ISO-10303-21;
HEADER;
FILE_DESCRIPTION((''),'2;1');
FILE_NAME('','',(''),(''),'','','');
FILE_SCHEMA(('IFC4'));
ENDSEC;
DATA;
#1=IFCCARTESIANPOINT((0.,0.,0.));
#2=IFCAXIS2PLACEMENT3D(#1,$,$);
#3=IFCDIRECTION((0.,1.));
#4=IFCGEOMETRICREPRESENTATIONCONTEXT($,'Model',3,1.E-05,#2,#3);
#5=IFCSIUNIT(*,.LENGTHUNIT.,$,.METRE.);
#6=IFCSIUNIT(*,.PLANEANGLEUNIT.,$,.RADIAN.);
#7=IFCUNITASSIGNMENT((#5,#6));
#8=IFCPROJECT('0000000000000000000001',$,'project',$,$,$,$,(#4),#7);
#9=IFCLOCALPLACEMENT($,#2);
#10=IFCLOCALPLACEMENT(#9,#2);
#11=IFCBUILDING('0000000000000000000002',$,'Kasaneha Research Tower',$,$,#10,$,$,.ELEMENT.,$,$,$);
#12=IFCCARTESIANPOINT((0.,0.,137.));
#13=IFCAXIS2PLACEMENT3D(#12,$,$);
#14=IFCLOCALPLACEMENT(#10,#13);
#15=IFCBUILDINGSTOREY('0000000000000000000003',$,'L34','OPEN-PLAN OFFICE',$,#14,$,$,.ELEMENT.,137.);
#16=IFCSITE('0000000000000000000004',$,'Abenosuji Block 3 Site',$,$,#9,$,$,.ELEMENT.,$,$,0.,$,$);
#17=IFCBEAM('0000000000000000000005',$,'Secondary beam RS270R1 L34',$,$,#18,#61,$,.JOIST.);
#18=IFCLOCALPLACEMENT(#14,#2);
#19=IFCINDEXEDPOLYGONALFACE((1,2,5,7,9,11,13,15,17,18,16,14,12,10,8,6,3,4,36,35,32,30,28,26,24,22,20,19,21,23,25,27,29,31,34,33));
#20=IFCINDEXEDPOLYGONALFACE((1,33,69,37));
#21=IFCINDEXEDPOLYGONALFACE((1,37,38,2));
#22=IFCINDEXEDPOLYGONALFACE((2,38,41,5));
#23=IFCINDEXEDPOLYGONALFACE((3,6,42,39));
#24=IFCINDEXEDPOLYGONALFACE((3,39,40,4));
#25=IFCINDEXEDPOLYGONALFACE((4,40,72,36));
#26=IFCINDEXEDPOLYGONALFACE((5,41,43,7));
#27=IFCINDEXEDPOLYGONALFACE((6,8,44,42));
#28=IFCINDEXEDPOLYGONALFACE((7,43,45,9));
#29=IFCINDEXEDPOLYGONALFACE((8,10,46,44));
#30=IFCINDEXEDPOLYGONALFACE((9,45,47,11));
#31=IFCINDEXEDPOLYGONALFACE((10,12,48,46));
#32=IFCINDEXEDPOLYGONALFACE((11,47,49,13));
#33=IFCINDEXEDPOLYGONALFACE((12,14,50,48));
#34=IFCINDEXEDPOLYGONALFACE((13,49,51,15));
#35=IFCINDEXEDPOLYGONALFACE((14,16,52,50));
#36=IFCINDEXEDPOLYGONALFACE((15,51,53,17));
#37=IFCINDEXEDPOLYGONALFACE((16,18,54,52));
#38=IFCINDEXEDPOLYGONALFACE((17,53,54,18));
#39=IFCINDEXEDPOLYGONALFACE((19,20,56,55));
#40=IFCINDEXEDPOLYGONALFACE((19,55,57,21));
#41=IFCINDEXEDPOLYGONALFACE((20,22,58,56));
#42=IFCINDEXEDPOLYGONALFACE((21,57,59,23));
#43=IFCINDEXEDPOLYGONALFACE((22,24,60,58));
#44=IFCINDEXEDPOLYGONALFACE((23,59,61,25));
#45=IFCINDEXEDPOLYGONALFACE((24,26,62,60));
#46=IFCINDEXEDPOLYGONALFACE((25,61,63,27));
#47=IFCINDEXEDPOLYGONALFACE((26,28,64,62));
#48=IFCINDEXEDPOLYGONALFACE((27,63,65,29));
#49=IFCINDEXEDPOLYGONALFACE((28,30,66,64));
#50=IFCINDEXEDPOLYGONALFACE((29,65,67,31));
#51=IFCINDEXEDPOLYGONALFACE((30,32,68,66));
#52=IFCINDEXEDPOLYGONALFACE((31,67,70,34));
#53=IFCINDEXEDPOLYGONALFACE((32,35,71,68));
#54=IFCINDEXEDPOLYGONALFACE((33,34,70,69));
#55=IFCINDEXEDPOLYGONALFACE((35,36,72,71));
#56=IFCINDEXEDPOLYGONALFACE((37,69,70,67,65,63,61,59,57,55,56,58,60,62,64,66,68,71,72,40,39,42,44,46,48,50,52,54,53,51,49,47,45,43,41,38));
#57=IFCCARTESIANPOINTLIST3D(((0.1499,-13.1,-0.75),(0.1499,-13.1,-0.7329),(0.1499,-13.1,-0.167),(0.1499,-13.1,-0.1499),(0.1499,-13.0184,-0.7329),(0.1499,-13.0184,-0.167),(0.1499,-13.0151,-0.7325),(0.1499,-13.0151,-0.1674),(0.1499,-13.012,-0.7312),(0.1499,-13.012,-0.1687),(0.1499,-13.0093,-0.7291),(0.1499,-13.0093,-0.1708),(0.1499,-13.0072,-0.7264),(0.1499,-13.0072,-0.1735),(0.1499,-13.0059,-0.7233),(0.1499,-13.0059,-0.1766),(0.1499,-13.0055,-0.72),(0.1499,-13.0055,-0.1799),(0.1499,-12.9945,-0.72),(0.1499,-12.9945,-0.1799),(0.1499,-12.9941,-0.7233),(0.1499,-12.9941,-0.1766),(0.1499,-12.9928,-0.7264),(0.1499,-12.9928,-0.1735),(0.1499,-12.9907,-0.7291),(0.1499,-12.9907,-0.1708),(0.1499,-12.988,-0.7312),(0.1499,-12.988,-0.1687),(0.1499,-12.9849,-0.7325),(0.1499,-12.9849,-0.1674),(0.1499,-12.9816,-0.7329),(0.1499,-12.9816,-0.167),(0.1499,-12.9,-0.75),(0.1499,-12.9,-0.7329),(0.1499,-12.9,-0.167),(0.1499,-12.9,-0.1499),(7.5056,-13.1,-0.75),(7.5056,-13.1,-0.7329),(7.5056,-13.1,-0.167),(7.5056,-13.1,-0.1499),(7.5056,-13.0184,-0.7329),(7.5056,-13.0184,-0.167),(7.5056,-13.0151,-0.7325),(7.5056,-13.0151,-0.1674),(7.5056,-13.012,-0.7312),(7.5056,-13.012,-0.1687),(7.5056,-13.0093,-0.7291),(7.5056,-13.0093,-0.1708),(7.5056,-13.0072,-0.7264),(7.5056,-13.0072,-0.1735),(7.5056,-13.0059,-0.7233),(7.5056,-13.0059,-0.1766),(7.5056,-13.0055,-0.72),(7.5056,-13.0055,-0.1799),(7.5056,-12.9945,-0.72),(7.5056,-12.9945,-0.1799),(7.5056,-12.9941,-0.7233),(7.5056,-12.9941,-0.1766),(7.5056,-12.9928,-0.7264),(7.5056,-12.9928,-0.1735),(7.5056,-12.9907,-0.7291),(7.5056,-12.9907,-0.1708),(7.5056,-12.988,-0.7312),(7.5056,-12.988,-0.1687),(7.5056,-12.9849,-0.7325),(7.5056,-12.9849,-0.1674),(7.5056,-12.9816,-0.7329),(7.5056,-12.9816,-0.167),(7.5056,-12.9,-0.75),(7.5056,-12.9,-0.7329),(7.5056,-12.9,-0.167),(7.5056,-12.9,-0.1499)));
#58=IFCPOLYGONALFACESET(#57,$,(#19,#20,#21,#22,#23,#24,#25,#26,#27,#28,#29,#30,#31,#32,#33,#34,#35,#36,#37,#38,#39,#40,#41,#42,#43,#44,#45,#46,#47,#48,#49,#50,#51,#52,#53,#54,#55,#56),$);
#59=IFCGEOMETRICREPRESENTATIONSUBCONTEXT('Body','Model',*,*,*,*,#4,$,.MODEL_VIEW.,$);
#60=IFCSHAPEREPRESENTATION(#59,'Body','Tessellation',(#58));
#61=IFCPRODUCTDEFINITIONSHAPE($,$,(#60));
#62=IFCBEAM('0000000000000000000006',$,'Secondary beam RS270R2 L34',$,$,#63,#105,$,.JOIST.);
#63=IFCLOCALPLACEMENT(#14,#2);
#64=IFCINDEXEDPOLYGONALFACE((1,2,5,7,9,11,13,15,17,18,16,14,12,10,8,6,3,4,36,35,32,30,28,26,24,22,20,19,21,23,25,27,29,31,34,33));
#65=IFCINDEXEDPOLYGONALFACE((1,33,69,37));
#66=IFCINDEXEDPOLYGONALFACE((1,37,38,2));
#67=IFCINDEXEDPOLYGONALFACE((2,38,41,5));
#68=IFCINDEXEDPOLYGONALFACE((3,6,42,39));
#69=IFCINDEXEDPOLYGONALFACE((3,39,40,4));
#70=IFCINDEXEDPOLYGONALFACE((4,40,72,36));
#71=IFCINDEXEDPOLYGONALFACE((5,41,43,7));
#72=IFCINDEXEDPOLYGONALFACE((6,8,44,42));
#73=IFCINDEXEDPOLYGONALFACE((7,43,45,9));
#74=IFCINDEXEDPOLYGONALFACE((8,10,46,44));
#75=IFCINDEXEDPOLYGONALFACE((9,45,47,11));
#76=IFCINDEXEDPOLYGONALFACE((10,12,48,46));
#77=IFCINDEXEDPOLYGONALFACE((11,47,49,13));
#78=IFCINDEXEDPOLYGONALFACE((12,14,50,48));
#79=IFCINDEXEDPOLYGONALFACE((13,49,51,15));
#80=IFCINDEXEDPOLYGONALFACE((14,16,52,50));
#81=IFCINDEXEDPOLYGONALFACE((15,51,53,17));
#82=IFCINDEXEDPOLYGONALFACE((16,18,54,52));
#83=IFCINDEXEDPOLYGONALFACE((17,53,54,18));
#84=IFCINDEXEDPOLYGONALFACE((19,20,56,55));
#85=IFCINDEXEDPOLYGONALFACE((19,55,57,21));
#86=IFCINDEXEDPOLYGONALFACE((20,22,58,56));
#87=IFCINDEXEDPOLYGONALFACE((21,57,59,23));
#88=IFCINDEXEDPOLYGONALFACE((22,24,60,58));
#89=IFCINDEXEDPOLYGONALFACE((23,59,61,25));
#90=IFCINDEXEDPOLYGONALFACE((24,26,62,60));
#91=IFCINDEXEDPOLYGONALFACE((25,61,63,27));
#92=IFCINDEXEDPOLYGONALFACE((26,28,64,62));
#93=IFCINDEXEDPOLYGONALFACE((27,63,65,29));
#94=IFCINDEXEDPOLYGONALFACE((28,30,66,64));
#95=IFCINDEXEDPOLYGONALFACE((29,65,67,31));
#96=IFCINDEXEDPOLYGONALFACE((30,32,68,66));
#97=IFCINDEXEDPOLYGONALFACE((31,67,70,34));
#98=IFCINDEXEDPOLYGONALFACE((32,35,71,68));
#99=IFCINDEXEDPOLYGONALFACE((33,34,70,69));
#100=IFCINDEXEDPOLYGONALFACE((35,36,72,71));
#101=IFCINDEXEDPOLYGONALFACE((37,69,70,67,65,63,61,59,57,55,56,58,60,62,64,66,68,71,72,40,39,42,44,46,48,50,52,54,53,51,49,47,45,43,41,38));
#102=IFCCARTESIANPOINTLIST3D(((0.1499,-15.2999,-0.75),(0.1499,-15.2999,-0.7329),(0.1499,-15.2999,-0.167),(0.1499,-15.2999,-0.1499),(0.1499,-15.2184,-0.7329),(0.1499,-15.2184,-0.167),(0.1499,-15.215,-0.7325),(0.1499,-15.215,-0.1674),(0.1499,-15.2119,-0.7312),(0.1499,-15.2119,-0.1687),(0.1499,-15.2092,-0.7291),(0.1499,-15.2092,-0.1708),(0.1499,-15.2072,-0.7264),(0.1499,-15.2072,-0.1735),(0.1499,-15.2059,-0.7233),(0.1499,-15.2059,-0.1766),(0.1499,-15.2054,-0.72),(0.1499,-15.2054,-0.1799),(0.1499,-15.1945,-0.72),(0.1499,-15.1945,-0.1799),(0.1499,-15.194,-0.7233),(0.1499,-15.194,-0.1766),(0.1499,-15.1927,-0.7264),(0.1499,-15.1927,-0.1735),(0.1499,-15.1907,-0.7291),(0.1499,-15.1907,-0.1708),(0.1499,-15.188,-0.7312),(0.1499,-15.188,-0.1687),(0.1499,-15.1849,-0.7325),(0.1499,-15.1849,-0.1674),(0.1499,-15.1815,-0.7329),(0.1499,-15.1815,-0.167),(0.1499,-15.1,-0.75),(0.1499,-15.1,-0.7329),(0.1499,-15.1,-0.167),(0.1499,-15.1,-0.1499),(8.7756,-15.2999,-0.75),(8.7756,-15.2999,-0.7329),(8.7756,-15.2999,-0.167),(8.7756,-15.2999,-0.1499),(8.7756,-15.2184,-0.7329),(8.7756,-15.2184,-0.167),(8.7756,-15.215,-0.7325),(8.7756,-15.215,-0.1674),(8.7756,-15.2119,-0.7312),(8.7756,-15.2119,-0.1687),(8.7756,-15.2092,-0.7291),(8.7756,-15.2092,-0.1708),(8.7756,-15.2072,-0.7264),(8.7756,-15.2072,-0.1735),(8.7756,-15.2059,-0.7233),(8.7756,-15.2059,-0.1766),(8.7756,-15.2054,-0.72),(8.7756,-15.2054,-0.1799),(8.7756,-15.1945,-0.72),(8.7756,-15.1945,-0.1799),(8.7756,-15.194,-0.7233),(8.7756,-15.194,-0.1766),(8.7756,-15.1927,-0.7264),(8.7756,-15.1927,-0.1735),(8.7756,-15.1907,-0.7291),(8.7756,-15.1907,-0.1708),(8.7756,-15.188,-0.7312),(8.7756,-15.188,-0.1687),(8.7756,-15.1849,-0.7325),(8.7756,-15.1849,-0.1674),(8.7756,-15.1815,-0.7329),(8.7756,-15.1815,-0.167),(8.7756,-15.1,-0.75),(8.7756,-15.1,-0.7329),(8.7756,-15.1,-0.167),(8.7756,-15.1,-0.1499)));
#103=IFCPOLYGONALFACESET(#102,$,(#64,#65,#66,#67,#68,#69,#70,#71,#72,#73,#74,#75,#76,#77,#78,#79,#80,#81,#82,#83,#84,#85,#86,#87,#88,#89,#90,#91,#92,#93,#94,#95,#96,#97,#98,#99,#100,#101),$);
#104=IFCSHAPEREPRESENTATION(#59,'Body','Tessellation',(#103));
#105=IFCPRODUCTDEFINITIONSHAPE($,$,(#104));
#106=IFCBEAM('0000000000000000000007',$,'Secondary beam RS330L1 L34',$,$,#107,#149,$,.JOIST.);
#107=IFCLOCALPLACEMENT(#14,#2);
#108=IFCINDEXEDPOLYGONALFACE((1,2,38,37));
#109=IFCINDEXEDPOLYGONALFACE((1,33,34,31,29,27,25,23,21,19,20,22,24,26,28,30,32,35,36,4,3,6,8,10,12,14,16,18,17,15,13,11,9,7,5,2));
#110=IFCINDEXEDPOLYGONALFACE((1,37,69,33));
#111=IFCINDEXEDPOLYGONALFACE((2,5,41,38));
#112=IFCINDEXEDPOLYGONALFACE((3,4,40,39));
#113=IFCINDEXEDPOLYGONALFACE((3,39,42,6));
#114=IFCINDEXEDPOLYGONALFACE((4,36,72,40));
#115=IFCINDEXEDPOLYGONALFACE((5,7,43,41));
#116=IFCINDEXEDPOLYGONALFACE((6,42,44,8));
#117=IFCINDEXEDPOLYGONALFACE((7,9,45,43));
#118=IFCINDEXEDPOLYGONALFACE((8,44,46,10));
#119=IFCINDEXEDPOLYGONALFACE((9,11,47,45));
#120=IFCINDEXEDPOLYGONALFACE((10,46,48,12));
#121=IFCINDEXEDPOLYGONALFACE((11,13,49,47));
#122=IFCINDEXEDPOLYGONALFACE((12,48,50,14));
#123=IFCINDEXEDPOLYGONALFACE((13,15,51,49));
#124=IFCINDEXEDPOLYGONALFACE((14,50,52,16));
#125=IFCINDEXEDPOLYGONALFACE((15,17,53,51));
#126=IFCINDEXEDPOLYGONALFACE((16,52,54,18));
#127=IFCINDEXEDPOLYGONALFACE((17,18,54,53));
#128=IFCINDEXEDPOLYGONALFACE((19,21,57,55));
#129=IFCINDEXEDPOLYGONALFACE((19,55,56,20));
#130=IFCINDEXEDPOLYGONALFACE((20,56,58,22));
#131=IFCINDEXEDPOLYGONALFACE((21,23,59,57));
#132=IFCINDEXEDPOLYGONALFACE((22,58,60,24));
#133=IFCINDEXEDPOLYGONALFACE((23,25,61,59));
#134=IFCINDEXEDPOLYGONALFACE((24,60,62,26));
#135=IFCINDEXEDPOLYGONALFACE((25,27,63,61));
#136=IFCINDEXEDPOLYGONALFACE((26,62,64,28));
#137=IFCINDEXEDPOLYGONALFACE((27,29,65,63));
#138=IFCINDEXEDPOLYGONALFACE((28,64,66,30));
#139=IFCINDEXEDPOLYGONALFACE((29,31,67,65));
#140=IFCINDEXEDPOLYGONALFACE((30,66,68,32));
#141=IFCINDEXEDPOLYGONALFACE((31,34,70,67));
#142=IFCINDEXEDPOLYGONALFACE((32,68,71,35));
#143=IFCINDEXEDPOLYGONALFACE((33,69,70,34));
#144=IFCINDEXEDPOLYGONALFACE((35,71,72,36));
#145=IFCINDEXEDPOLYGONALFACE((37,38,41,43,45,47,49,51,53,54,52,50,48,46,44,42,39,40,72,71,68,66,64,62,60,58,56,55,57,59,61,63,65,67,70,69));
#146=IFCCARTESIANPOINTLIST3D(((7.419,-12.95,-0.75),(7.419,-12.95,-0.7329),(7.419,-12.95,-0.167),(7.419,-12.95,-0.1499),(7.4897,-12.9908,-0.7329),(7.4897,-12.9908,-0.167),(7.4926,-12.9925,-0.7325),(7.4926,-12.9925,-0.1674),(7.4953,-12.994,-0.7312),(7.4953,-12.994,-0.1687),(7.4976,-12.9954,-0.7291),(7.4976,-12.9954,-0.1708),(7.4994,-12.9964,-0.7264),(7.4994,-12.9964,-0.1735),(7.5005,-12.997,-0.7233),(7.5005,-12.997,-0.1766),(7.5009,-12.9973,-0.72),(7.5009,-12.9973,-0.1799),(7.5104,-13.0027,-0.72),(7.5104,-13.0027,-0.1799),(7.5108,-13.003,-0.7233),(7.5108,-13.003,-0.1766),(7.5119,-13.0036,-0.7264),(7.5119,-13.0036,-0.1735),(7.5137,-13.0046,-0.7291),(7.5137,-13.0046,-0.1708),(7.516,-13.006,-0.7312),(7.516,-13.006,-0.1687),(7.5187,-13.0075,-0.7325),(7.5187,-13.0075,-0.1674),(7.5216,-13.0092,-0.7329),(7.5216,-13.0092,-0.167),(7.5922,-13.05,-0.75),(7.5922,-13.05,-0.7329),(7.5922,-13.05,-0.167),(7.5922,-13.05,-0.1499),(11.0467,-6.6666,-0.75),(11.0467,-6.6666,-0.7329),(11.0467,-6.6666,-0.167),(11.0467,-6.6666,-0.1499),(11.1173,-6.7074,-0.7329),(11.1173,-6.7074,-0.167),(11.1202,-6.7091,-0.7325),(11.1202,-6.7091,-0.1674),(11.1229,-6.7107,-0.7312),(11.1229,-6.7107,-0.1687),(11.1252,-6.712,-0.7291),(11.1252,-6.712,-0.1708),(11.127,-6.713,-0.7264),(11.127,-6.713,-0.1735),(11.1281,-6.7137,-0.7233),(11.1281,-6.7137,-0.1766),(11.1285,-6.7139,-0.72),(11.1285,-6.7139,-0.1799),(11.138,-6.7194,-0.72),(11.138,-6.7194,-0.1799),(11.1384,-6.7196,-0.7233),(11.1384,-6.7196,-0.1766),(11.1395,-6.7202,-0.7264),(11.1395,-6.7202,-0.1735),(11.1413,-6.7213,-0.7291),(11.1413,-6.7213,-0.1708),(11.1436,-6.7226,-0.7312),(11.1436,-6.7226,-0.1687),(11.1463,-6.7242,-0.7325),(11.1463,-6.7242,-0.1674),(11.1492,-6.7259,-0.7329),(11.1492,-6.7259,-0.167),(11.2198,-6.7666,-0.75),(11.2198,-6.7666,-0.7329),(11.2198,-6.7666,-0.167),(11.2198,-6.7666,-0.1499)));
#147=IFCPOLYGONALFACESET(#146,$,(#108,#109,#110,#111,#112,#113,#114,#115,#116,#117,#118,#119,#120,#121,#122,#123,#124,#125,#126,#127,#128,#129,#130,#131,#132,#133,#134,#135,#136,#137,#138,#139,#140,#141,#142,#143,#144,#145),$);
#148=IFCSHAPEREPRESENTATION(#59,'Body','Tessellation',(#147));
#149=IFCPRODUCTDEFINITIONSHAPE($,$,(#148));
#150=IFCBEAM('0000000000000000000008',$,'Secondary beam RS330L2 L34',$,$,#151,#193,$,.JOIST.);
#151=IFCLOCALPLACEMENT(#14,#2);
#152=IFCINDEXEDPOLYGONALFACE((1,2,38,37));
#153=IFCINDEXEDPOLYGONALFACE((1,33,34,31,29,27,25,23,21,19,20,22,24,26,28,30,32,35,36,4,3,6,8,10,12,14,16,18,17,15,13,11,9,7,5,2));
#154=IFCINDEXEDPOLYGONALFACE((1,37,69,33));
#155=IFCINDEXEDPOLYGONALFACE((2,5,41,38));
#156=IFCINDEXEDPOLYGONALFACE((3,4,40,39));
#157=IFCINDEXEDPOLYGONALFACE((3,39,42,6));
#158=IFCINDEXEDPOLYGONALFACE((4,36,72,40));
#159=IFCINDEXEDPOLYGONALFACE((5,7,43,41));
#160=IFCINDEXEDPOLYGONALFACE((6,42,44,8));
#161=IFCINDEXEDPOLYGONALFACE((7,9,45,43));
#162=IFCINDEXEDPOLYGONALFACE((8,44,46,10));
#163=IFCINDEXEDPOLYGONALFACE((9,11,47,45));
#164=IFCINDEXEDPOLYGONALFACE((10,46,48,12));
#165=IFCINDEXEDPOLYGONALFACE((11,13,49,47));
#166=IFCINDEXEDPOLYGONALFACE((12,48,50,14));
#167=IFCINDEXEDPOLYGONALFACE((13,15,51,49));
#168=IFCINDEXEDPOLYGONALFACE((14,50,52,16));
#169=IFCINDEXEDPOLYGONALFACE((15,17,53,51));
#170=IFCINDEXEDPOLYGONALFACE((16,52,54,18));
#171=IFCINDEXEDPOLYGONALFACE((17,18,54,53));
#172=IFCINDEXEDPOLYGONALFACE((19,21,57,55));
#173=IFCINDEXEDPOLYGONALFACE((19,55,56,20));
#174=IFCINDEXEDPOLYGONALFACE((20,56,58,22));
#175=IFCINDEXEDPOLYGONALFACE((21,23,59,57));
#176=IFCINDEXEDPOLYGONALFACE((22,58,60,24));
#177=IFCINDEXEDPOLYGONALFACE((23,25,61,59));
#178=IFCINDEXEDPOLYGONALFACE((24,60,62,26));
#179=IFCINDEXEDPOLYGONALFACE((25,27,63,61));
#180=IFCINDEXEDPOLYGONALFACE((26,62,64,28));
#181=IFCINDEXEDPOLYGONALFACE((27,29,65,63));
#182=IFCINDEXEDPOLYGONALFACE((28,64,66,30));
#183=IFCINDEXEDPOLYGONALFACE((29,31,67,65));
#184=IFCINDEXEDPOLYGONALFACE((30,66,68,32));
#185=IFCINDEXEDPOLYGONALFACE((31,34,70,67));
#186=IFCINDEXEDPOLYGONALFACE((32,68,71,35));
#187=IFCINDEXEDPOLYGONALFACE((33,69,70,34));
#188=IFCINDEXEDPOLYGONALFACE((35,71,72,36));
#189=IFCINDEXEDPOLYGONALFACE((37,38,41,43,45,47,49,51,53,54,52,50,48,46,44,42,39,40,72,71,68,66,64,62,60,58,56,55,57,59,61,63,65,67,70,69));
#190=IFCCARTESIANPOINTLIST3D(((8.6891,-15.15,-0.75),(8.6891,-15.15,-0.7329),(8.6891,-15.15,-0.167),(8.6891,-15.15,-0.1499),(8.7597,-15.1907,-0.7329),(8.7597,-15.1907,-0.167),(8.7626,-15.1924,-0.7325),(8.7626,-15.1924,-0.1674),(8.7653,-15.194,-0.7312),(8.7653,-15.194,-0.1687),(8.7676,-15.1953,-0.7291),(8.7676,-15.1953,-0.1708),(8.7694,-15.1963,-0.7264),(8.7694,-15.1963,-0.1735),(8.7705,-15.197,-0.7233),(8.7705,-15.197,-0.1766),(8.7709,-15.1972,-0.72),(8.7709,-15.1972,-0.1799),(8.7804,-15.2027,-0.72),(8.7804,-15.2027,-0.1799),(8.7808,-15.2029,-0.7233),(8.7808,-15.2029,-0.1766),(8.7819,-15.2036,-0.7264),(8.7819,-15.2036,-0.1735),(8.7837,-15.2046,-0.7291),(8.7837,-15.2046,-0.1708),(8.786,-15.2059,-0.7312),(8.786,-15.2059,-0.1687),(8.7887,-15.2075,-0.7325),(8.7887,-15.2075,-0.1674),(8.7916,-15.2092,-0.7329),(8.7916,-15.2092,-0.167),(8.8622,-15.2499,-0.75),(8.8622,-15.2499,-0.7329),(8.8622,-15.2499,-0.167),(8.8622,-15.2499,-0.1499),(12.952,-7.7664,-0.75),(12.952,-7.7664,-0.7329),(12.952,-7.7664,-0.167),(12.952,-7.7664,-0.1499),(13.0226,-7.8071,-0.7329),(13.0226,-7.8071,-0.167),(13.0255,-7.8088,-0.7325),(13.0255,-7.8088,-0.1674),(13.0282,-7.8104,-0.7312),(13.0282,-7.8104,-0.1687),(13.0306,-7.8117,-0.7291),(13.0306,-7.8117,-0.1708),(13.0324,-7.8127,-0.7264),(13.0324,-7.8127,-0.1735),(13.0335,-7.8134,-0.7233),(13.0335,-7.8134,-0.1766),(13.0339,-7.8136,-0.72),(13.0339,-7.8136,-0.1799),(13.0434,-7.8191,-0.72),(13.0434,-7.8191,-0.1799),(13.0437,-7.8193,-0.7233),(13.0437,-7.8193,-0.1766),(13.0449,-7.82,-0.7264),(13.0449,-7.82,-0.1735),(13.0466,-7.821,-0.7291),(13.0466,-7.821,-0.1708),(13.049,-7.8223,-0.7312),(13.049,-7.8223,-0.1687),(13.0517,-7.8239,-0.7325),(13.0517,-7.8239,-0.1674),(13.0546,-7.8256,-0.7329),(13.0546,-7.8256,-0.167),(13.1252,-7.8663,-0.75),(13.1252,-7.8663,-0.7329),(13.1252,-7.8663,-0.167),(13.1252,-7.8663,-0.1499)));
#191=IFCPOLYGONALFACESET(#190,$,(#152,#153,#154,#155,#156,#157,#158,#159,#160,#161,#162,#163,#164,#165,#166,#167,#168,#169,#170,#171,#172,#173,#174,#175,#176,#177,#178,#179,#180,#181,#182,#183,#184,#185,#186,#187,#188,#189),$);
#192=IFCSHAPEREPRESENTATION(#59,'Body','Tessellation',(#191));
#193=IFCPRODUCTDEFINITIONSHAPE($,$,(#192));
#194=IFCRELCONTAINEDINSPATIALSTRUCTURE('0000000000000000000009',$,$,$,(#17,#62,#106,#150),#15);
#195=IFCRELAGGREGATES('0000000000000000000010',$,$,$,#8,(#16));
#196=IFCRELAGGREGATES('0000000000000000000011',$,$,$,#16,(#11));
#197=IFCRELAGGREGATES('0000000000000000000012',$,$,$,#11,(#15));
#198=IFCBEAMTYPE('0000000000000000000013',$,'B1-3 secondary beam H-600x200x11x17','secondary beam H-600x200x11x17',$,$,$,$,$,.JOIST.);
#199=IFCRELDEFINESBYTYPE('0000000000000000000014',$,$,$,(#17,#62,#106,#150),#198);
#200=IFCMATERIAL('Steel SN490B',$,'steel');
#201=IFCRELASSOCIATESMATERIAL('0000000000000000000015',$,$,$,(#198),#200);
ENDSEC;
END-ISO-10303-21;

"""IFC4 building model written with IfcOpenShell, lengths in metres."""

from ifc_helpers import new_model, si_unit, direction, frame, origin, origin_2d, place, context, subcontext, project, spatial, i_section, extrude, material, material_profile, profile_set, type_object, element, save


model = new_model("IFC4")

# Units and contexts
model_context = context("Model", 3, precision=1e-05, world=origin(), true_north=direction((0.0, 1.0)))
body_context = subcontext(model_context, "Body", "Model", "MODEL_VIEW")
ifc_project = project(units=[si_unit("LENGTHUNIT", "METRE"), si_unit("PLANEANGLEUNIT", "RADIAN")], contexts=[model_context])

# Site, building, storey
site_placement = place(None, origin())
site = spatial("IfcSite", under=ifc_project, at=site_placement, Name="Abenosuji Block 3 Site", CompositionType="ELEMENT", RefElevation=0.0)
building_placement = place(site_placement, origin())
building = spatial("IfcBuilding", under=site, at=building_placement, Name="Kasaneha Research Tower", CompositionType="ELEMENT")
storey_placement = place(building_placement, frame((0.0, 0.0, 137.0)))
storey = spatial("IfcBuildingStorey", under=building, at=storey_placement, Name="L34", Description="OPEN-PLAN OFFICE", CompositionType="ELEMENT", Elevation=137.0)

# Beams
ifc_material_1 = material(Name="Steel SN490B", Category="steel")
ifc_material_profile_1 = material_profile(ifc_material_1, i_section(OverallWidth=0.2, OverallDepth=0.6001, WebThickness=0.011, FlangeThickness=0.0171, FilletRadius=0.0129, at=origin_2d()), Name="H-600x200x11x17")
ifc_profile_set_1 = profile_set([ifc_material_profile_1], Name="Steel SN490B")
beam_type_1 = type_object("IfcBeamType", Name="B1-3 secondary beam H-600x200x11x17", Description="secondary beam H-600x200x11x17", PredefinedType="JOIST", material=ifc_profile_set_1)
beam_1_placement = place(storey_placement, frame((7.5056, -13.0, -0.45), z_axis=(-1.0, 0.0, 0.0), x_axis=(0.0, -1.0, 0.0)))
element("IfcBeam", 1, at=beam_1_placement, inside=storey, type_object=beam_type_1, Name="Secondary beam RS270R1 L34", PredefinedType="JOIST", context=body_context, shape_type="SweptSolid", body=[
    extrude(i_section(OverallWidth=0.2, OverallDepth=0.6001, WebThickness=0.011, FlangeThickness=0.0171, FilletRadius=0.0129, at=origin_2d()), origin(), (0.0, 0.0, 1.0), 7.3557),
])
beam_2_placement = place(storey_placement, frame((8.7756, -15.2, -0.45), z_axis=(-1.0, 0.0, 0.0), x_axis=(0.0, -1.0, 0.0)))
element("IfcBeam", 2, at=beam_2_placement, inside=storey, type_object=beam_type_1, Name="Secondary beam RS270R2 L34", PredefinedType="JOIST", context=body_context, shape_type="SweptSolid", body=[
    extrude(i_section(OverallWidth=0.2, OverallDepth=0.6001, WebThickness=0.011, FlangeThickness=0.0171, FilletRadius=0.0129, at=origin_2d()), origin(), (0.0, 0.0, 1.0), 8.6257),
])
beam_3_placement = place(storey_placement, frame((7.5056, -13.0, -0.45), z_axis=(0.499993, 0.866029, 0.0), x_axis=(-0.866029, 0.499993, 0.0)))
element("IfcBeam", 3, at=beam_3_placement, inside=storey, type_object=beam_type_1, Name="Secondary beam RS330L1 L34", PredefinedType="JOIST", context=body_context, shape_type="SweptSolid", body=[
    extrude(i_section(OverallWidth=0.2, OverallDepth=0.6001, WebThickness=0.011, FlangeThickness=0.0171, FilletRadius=0.0129, at=origin_2d()), origin(), (0.0, 0.0, 1.0), 7.2554),
])
beam_4_placement = place(storey_placement, frame((8.7756, -15.2, -0.45), z_axis=(0.500004, 0.866023, 0.0), x_axis=(-0.866023, 0.500004, 0.0)))
element("IfcBeam", 4, at=beam_4_placement, inside=storey, type_object=beam_type_1, Name="Secondary beam RS330L2 L34", PredefinedType="JOIST", context=body_context, shape_type="SweptSolid", body=[
    extrude(i_section(OverallWidth=0.2, OverallDepth=0.6001, WebThickness=0.011, FlangeThickness=0.0171, FilletRadius=0.0129, at=origin_2d()), origin(), (0.0, 0.0, 1.0), 8.5259),
])

save(model, "model.ifc")
